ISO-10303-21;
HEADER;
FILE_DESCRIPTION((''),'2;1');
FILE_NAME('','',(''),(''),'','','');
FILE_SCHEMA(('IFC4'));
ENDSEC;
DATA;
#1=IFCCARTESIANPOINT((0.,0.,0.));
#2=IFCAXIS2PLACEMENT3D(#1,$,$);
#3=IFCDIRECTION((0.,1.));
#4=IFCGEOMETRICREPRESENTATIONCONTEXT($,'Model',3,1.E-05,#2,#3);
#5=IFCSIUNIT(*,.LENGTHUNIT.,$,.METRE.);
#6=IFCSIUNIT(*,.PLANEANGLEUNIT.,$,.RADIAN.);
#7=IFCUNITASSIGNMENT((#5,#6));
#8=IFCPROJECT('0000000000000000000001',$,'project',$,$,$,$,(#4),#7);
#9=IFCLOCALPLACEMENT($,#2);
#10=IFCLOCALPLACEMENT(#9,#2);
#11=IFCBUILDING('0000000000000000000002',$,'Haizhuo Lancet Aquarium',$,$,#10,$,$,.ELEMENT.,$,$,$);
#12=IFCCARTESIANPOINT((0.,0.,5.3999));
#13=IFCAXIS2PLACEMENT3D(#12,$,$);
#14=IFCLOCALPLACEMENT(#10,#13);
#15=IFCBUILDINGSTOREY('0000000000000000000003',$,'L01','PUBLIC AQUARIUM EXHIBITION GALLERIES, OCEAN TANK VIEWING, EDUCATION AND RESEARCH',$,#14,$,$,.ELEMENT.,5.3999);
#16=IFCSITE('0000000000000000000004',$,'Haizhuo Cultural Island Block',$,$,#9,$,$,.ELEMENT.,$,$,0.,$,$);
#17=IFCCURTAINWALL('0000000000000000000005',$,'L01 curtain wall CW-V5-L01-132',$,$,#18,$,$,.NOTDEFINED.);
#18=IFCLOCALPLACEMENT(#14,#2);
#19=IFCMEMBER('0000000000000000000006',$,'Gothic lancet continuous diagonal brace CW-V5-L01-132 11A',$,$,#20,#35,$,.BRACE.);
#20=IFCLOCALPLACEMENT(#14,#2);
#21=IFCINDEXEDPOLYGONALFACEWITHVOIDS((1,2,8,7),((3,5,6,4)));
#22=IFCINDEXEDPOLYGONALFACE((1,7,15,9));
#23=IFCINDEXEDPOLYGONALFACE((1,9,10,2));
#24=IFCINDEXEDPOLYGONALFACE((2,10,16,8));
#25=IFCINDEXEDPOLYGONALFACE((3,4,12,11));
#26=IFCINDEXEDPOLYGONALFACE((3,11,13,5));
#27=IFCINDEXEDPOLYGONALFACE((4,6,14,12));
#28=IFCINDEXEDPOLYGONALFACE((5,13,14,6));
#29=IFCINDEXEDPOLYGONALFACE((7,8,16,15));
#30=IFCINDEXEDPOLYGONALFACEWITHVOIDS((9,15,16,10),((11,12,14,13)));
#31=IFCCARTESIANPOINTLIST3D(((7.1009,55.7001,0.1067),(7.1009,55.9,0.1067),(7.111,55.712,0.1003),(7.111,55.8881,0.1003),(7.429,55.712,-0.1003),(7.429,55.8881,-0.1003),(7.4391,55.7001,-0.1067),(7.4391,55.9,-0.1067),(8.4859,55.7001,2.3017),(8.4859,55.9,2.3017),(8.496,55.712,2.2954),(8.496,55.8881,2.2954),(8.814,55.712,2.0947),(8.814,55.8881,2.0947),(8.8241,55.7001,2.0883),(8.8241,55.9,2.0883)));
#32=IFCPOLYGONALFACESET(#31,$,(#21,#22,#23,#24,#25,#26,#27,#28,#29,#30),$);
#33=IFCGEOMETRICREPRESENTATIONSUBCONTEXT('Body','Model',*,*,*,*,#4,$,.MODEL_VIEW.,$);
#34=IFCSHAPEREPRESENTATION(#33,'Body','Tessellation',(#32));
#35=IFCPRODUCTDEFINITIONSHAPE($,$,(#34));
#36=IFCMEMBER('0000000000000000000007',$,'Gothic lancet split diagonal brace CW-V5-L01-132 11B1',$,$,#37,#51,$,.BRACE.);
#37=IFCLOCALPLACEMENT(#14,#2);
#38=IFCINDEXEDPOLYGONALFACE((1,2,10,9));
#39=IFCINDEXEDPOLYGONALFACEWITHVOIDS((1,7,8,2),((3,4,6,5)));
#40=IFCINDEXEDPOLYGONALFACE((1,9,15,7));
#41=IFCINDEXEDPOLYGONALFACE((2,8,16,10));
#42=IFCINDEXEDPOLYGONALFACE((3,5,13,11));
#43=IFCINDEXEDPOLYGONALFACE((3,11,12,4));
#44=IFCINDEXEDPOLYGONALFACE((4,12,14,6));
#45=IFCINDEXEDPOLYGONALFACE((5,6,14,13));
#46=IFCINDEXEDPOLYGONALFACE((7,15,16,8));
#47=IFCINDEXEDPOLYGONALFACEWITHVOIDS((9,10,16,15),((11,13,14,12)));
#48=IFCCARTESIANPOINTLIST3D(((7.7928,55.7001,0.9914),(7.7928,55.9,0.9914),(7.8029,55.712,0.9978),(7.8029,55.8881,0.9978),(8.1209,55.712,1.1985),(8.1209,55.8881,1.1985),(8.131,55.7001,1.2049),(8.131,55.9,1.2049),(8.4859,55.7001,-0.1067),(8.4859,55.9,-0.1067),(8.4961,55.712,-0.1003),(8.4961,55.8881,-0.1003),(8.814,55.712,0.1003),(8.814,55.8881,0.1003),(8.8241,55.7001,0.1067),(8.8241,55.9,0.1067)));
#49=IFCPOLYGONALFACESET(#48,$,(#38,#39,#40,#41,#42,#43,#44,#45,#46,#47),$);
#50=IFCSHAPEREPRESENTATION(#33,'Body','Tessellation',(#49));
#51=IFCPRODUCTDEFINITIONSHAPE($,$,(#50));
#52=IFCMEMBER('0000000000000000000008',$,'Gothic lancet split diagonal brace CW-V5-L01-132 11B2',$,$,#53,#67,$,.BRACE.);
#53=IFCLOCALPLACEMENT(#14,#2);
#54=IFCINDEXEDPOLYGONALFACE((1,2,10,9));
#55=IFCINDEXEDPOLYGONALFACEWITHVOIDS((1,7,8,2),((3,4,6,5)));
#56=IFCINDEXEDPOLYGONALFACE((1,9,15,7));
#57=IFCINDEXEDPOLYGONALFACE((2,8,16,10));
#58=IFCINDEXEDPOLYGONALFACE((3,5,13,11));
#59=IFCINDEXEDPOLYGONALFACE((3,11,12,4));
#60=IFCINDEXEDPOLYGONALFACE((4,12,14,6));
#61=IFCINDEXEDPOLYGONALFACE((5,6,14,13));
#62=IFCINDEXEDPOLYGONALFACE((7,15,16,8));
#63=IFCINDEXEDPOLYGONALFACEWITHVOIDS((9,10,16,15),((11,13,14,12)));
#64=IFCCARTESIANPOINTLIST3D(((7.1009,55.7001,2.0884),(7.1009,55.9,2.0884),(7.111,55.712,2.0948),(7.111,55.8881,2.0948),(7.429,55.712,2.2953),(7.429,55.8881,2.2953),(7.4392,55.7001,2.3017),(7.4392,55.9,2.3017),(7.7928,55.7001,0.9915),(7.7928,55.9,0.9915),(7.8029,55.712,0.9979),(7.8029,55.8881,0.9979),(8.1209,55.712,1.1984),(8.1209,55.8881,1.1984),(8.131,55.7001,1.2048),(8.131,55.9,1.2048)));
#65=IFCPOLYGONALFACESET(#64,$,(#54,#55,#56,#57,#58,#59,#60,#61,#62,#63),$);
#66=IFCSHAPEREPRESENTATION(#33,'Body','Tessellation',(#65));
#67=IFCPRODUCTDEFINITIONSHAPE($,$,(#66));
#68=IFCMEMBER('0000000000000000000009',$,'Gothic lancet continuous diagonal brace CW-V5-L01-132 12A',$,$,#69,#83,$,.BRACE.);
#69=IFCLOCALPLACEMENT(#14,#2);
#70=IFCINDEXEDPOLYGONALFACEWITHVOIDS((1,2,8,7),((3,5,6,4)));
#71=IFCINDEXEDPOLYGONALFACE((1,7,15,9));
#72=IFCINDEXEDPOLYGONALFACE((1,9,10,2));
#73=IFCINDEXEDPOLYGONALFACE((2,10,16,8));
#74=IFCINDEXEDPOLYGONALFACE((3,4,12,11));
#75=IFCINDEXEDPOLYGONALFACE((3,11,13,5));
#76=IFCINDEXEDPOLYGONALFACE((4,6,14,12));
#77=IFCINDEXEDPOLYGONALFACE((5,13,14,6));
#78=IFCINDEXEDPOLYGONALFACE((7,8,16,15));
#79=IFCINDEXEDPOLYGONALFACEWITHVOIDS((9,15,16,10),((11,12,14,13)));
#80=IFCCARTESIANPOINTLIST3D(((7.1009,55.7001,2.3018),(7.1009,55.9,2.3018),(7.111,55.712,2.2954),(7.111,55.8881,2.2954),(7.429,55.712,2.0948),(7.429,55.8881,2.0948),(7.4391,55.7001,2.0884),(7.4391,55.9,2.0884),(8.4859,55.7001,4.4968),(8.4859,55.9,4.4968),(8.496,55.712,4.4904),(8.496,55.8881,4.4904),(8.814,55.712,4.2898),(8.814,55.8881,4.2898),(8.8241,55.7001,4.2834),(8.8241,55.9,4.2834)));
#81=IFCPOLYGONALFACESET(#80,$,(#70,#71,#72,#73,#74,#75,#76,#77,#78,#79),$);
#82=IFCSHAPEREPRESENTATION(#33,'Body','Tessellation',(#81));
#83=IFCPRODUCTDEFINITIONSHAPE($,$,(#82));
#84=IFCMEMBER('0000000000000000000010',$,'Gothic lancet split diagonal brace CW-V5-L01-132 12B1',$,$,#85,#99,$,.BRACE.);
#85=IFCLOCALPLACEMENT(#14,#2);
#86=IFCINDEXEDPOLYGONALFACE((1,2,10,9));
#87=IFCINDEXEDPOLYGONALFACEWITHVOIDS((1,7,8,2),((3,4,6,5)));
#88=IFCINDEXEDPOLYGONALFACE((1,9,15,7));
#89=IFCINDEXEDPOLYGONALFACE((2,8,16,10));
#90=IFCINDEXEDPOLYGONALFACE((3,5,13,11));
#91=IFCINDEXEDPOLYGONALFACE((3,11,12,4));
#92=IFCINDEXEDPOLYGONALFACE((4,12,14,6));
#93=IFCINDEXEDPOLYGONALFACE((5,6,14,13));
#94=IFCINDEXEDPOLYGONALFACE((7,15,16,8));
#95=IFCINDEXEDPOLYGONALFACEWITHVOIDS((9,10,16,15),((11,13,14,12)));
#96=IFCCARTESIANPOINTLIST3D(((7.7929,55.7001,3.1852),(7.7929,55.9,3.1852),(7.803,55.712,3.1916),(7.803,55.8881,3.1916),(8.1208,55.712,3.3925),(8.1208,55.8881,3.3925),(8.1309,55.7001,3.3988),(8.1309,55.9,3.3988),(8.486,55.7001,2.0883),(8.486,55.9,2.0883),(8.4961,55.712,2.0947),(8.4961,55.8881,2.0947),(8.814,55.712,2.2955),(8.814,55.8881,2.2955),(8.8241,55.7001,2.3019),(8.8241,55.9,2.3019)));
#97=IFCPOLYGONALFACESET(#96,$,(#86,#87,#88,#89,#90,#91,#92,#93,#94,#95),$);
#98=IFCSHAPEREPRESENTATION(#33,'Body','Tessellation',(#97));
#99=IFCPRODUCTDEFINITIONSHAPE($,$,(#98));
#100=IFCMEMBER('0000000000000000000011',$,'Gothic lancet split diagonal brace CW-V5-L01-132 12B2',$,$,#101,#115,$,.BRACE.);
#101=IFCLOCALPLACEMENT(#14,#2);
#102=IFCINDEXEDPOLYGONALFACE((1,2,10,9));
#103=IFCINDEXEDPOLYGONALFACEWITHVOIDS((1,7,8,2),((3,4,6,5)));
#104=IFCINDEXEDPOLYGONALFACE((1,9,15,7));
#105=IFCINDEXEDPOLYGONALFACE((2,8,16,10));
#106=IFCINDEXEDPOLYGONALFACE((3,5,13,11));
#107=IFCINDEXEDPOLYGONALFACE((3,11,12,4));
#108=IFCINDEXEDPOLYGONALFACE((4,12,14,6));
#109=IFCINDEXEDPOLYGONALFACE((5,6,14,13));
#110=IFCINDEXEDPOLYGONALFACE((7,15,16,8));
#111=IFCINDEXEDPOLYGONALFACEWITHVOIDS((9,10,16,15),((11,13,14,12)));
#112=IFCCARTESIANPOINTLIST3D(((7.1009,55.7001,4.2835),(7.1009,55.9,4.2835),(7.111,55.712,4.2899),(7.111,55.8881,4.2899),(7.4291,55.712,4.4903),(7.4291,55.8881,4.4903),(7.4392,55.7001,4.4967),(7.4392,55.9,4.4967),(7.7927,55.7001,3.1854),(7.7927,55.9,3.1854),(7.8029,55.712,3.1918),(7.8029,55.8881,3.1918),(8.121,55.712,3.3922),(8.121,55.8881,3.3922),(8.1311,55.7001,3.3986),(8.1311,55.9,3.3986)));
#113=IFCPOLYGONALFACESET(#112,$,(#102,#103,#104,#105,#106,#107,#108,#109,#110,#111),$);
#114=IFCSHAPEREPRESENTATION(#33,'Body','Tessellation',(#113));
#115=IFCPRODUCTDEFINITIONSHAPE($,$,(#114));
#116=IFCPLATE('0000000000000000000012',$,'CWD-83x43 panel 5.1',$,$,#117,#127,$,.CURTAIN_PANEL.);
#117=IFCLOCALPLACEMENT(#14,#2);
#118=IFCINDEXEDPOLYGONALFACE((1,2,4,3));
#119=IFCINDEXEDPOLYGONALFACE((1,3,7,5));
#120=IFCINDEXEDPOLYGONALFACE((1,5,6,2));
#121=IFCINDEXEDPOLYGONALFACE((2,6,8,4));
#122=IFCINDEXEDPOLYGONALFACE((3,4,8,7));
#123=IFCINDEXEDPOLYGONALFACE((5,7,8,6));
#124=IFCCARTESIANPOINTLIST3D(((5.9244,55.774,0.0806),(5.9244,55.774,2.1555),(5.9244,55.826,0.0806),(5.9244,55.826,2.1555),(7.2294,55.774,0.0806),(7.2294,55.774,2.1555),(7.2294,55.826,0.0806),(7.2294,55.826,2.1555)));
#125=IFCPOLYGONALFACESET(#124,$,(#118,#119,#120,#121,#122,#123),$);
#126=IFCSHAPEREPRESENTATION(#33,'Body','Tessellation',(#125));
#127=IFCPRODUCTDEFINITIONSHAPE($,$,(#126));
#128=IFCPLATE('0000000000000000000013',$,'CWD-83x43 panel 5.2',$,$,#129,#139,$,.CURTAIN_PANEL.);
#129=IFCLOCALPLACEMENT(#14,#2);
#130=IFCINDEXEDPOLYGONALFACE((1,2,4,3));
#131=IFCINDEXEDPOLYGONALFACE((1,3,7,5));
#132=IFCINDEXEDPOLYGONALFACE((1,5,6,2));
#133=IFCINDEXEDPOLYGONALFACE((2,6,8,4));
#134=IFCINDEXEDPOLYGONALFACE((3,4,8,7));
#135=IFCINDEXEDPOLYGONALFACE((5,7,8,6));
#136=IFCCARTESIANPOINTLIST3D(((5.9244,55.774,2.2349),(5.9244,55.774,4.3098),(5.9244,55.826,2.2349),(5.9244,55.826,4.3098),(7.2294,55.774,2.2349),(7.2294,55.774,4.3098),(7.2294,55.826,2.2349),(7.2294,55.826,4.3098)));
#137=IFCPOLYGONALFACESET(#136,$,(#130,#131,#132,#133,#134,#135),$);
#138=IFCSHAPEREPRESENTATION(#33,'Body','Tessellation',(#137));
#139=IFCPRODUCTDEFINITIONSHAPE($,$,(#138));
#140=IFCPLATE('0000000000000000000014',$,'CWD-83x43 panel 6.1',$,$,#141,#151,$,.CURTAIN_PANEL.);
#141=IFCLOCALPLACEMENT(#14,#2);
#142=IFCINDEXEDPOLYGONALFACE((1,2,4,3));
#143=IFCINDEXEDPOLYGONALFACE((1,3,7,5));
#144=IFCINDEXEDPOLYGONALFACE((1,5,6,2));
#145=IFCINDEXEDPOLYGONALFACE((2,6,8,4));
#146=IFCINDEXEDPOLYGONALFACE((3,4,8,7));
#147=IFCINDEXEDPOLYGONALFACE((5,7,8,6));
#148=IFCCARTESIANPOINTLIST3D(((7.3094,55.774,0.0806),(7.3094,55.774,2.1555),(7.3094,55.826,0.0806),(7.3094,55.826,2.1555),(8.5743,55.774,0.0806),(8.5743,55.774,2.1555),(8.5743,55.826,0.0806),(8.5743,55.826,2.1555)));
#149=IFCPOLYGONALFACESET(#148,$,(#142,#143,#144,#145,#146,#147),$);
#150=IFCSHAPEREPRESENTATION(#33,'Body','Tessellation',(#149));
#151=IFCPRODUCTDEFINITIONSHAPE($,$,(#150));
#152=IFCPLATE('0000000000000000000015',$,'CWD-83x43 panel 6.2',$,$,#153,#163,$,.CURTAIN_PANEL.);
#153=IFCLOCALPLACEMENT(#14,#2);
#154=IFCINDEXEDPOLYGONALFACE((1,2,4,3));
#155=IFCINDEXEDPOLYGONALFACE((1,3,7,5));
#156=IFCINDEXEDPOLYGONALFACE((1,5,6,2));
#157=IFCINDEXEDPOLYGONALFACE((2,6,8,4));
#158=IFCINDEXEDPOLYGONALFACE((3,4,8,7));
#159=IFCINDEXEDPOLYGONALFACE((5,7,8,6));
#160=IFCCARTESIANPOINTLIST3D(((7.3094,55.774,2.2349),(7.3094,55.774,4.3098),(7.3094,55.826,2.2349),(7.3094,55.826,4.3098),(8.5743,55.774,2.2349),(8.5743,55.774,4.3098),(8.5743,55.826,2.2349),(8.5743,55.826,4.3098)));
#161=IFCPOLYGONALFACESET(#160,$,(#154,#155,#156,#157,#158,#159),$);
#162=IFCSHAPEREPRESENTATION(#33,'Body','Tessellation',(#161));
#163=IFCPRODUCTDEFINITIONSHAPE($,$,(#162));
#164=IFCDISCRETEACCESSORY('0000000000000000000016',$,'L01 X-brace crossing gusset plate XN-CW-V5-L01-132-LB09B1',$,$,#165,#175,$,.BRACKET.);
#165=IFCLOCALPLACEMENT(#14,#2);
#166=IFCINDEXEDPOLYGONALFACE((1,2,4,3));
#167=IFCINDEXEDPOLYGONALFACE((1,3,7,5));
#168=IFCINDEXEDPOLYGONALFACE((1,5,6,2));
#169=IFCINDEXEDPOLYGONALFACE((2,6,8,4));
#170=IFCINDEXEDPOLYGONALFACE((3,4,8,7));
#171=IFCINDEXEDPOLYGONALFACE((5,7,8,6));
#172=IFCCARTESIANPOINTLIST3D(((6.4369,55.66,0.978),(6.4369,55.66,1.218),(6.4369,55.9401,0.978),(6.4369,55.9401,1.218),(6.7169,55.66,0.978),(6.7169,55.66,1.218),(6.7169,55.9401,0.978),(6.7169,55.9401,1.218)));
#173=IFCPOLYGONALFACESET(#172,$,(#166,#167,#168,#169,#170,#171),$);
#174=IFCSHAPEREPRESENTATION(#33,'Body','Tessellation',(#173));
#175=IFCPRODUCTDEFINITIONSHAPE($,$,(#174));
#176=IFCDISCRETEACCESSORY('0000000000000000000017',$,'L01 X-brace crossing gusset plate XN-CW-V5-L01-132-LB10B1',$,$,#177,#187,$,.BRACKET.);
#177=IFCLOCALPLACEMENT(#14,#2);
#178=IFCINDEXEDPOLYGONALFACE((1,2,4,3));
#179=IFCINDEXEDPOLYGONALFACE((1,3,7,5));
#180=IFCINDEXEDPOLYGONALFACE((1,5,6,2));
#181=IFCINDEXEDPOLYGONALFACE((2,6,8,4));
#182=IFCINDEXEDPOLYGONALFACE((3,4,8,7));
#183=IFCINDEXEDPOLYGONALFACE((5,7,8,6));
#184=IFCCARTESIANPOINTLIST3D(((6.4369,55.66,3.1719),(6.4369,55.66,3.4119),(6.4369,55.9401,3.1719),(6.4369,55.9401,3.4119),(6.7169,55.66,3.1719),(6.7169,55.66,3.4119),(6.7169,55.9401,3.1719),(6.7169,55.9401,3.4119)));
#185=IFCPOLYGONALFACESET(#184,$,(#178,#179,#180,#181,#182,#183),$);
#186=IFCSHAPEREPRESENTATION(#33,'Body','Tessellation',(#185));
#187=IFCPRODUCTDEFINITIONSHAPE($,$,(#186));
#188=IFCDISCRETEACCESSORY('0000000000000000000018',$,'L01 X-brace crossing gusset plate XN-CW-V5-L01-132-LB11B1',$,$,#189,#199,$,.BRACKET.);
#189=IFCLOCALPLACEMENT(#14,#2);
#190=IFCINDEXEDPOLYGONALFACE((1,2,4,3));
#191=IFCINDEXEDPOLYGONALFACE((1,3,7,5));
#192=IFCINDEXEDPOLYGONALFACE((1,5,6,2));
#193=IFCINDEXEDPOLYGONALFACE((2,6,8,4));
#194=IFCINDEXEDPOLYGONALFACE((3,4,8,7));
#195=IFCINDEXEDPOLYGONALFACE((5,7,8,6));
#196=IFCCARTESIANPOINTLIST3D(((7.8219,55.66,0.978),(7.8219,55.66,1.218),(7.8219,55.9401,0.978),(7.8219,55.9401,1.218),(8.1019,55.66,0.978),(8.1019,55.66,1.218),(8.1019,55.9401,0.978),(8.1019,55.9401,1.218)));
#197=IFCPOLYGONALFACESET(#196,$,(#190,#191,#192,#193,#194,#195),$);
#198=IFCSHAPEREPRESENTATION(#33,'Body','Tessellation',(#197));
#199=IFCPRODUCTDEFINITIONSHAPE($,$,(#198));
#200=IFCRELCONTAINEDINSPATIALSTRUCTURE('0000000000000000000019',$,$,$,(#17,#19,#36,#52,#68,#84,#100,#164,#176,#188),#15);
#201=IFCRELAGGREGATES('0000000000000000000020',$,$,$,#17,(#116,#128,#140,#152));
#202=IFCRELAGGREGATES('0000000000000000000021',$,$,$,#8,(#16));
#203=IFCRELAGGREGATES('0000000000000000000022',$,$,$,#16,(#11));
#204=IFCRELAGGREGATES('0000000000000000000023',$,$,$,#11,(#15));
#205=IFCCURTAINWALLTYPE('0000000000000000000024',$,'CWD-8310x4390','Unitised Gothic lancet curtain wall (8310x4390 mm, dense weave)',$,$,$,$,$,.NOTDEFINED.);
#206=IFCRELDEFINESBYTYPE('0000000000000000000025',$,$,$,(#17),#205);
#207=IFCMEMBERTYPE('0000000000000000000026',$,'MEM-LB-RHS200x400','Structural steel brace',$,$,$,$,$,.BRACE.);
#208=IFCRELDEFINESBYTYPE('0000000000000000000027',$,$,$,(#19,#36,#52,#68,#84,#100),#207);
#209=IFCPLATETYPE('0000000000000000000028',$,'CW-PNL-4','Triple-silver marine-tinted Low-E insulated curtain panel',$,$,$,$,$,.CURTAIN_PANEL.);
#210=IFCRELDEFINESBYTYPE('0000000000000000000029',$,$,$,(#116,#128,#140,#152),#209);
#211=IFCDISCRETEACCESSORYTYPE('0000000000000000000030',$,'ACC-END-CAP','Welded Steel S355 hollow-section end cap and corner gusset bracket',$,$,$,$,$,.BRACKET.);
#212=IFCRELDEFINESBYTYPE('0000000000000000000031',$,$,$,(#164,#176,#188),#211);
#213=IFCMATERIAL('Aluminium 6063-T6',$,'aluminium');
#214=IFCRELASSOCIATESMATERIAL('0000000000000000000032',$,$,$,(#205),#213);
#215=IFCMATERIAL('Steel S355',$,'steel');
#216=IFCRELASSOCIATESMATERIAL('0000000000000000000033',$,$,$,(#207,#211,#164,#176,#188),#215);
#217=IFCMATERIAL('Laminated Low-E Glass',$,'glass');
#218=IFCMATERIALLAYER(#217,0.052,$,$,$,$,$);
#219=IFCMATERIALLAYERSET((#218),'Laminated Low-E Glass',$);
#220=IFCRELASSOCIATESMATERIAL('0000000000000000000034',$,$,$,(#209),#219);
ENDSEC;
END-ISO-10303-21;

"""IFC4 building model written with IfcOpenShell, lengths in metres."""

from ifc_helpers import new_model, si_unit, direction, frame, origin, origin_2d, place, context, subcontext, project, spatial, rectangle, hollow_rectangle, extrude, material, layer, layer_set, material_profile, profile_set, type_object, element, aggregate, save


model = new_model("IFC4")

# Units and contexts
model_context = context("Model", 3, precision=1e-05, world=origin(), true_north=direction((0.0, 1.0)))
body_context = subcontext(model_context, "Body", "Model", "MODEL_VIEW")
ifc_project = project(units=[si_unit("LENGTHUNIT", "METRE"), si_unit("PLANEANGLEUNIT", "RADIAN")], contexts=[model_context])

# Site, building, storey
site_placement = place(None, origin())
site = spatial("IfcSite", under=ifc_project, at=site_placement, Name="Haizhuo Cultural Island Block", CompositionType="ELEMENT", RefElevation=0.0)
building_placement = place(site_placement, origin())
building = spatial("IfcBuilding", under=site, at=building_placement, Name="Haizhuo Lancet Aquarium", CompositionType="ELEMENT")
storey_placement = place(building_placement, frame((0.0, 0.0, 5.3999)))
storey = spatial("IfcBuildingStorey", under=building, at=storey_placement, Name="L01", Description="PUBLIC AQUARIUM EXHIBITION GALLERIES, OCEAN TANK VIEWING, EDUCATION AND RESEARCH", CompositionType="ELEMENT", Elevation=5.3999)

# Curtain wall
ifc_material_1 = material(Name="Aluminium 6063-T6", Category="aluminium")
curtain_wall_type = type_object("IfcCurtainWallType", Name="CWD-8310x4390", Description="Unitised Gothic lancet curtain wall (8310x4390 mm, dense weave)", PredefinedType="NOTDEFINED", material=ifc_material_1)
curtain_wall_placement = place(storey_placement, origin())
curtain_wall = element("IfcCurtainWall", 1, at=curtain_wall_placement, inside=storey, type_object=curtain_wall_type, Name="L01 curtain wall CW-V5-L01-132", PredefinedType="NOTDEFINED")

# Members
ifc_material_2 = material(Name="Steel S355", Category="steel")
ifc_material_profile_1 = material_profile(ifc_material_2, hollow_rectangle(XDim=0.2, YDim=0.3999, WallThickness=0.012, at=origin_2d()), Name="RHS 200x400x12")
ifc_profile_set_1 = profile_set([ifc_material_profile_1], Name="Steel S355")
member_type_1 = type_object("IfcMemberType", Name="MEM-LB-RHS200x400", Description="Structural steel brace", PredefinedType="BRACE", material=ifc_profile_set_1)
member_1_placement = place(storey_placement, frame((7.27, 55.8, 0.0), z_axis=(0.533621, 0.0, 0.845724), x_axis=(0.0, 1.0, 0.0)))
element("IfcMember", 2, at=member_1_placement, inside=storey, type_object=member_type_1, Name="Gothic lancet continuous diagonal brace CW-V5-L01-132 11A", PredefinedType="BRACE", context=body_context, shape_type="SweptSolid", body=[
    extrude(hollow_rectangle(XDim=0.2, YDim=0.3999, WallThickness=0.012, at=origin_2d()), origin(), (0.0, 0.0, 1.0), 2.5955),
])
member_2_placement = place(storey_placement, frame((8.655, 55.8, 0.0), z_axis=(-0.533745, 0.0, 0.845645), x_axis=(0.0, -1.0, 0.0)))
element("IfcMember", 3, at=member_2_placement, inside=storey, type_object=member_type_1, Name="Gothic lancet split diagonal brace CW-V5-L01-132 11B1", PredefinedType="BRACE", context=body_context, shape_type="SweptSolid", body=[
    extrude(hollow_rectangle(XDim=0.2, YDim=0.3999, WallThickness=0.012, at=origin_2d()), origin(), (0.0, 0.0, 1.0), 1.2986),
])
member_3_placement = place(storey_placement, frame((7.9619, 55.8, 1.0981), z_axis=(-0.533497, 0.0, 0.845802), x_axis=(0.0, -1.0, 0.0)))
element("IfcMember", 4, at=member_3_placement, inside=storey, type_object=member_type_1, Name="Gothic lancet split diagonal brace CW-V5-L01-132 11B2", PredefinedType="BRACE", context=body_context, shape_type="SweptSolid", body=[
    extrude(hollow_rectangle(XDim=0.2, YDim=0.3999, WallThickness=0.012, at=origin_2d()), origin(), (0.0, 0.0, 1.0), 1.2969),
])
member_4_placement = place(storey_placement, frame((7.27, 55.8, 2.1951), z_axis=(0.533621, 0.0, 0.845724), x_axis=(0.0, 1.0, 0.0)))
element("IfcMember", 5, at=member_4_placement, inside=storey, type_object=member_type_1, Name="Gothic lancet continuous diagonal brace CW-V5-L01-132 12A", PredefinedType="BRACE", context=body_context, shape_type="SweptSolid", body=[
    extrude(hollow_rectangle(XDim=0.2, YDim=0.3999, WallThickness=0.012, at=origin_2d()), origin(), (0.0, 0.0, 1.0), 2.5955),
])
member_5_placement = place(storey_placement, frame((8.655, 55.8, 2.1951), z_axis=(-0.53417, 0.0, 0.845377), x_axis=(0.0, -1.0, 0.0)))
element("IfcMember", 6, at=member_5_placement, inside=storey, type_object=member_type_1, Name="Gothic lancet split diagonal brace CW-V5-L01-132 12B1", PredefinedType="BRACE", context=body_context, shape_type="SweptSolid", body=[
    extrude(hollow_rectangle(XDim=0.2, YDim=0.3999, WallThickness=0.012, at=origin_2d()), origin(), (0.0, 0.0, 1.0), 1.2976),
])
member_6_placement = place(storey_placement, frame((7.9619, 55.8, 3.292), z_axis=(-0.533073, 0.0, 0.846069), x_axis=(0.0, -1.0, 0.0)))
element("IfcMember", 7, at=member_6_placement, inside=storey, type_object=member_type_1, Name="Gothic lancet split diagonal brace CW-V5-L01-132 12B2", PredefinedType="BRACE", context=body_context, shape_type="SweptSolid", body=[
    extrude(hollow_rectangle(XDim=0.2, YDim=0.3999, WallThickness=0.012, at=origin_2d()), origin(), (0.0, 0.0, 1.0), 1.2979),
])

# Plates
ifc_material_3 = material(Name="Laminated Low-E Glass", Category="glass")
ifc_layer = layer(ifc_material_3, 0.052)
ifc_layer_set = layer_set([ifc_layer], Name="Laminated Low-E Glass")
plate_type = type_object("IfcPlateType", Name="CW-PNL-4", Description="Triple-silver marine-tinted Low-E insulated curtain panel", PredefinedType="CURTAIN_PANEL", material=ifc_layer_set)
plate_1_placement = place(storey_placement, frame((6.5769, 55.8, 0.0806), z_axis=(0.0, 0.0, 1.0), x_axis=(1.0, 0.0, 0.0)))
plate_1 = element("IfcPlate", 8, at=plate_1_placement, type_object=plate_type, Name="CWD-83x43 panel 5.1", PredefinedType="CURTAIN_PANEL", context=body_context, shape_type="SweptSolid", body=[
    extrude(rectangle(XDim=1.3049, YDim=0.052, at=origin_2d()), origin(), (0.0, 0.0, 1.0), 2.075),
])
plate_2_placement = place(storey_placement, frame((6.5769, 55.8, 2.2349), z_axis=(0.0, 0.0, 1.0), x_axis=(1.0, 0.0, 0.0)))
plate_2 = element("IfcPlate", 9, at=plate_2_placement, type_object=plate_type, Name="CWD-83x43 panel 5.2", PredefinedType="CURTAIN_PANEL", context=body_context, shape_type="SweptSolid", body=[
    extrude(rectangle(XDim=1.3049, YDim=0.052, at=origin_2d()), origin(), (0.0, 0.0, 1.0), 2.075),
])
plate_3_placement = place(storey_placement, frame((7.9419, 55.8, 0.0806), z_axis=(0.0, 0.0, 1.0), x_axis=(1.0, 0.0, 0.0)))
plate_3 = element("IfcPlate", 10, at=plate_3_placement, type_object=plate_type, Name="CWD-83x43 panel 6.1", PredefinedType="CURTAIN_PANEL", context=body_context, shape_type="SweptSolid", body=[
    extrude(rectangle(XDim=1.2649, YDim=0.052, at=origin_2d()), origin(), (0.0, 0.0, 1.0), 2.075),
])
plate_4_placement = place(storey_placement, frame((7.9419, 55.8, 2.2349), z_axis=(0.0, 0.0, 1.0), x_axis=(1.0, 0.0, 0.0)))
plate_4 = element("IfcPlate", 11, at=plate_4_placement, type_object=plate_type, Name="CWD-83x43 panel 6.2", PredefinedType="CURTAIN_PANEL", context=body_context, shape_type="SweptSolid", body=[
    extrude(rectangle(XDim=1.2649, YDim=0.052, at=origin_2d()), origin(), (0.0, 0.0, 1.0), 2.075),
])
aggregate(curtain_wall, [plate_1, plate_2, plate_3, plate_4])

# Discrete accessories
discrete_accessory_type = type_object("IfcDiscreteAccessoryType", Name="ACC-END-CAP", Description="Welded Steel S355 hollow-section end cap and corner gusset bracket", PredefinedType="BRACKET", material=ifc_material_2)
for number, where, z_axis, x_axis, name in (
    (12, (6.5769, 55.8, 0.978), (0.0, 0.0, 1.0), (1.0, 0.0, 0.0), "L01 X-brace crossing gusset plate XN-CW-V5-L01-132-LB09B1"),
    (13, (6.5769, 55.8, 3.1719), (0.0, 0.0, 1.0), (1.0, 0.0, 0.0), "L01 X-brace crossing gusset plate XN-CW-V5-L01-132-LB10B1"),
    (14, (7.9619, 55.8, 0.978), (0.0, 0.0, 1.0), (1.0, 0.0, 0.0), "L01 X-brace crossing gusset plate XN-CW-V5-L01-132-LB11B1"),
):
    element("IfcDiscreteAccessory", number, at=place(storey_placement, frame(where, z_axis=z_axis, x_axis=x_axis)), inside=storey, type_object=discrete_accessory_type, material=ifc_material_2, Name=name, PredefinedType="BRACKET", context=body_context, shape_type="SweptSolid", body=[
        extrude(rectangle(XDim=0.28, YDim=0.28, at=origin_2d()), origin(), (0.0, 0.0, 1.0), 0.24),
    ])

save(model, "model.ifc")
